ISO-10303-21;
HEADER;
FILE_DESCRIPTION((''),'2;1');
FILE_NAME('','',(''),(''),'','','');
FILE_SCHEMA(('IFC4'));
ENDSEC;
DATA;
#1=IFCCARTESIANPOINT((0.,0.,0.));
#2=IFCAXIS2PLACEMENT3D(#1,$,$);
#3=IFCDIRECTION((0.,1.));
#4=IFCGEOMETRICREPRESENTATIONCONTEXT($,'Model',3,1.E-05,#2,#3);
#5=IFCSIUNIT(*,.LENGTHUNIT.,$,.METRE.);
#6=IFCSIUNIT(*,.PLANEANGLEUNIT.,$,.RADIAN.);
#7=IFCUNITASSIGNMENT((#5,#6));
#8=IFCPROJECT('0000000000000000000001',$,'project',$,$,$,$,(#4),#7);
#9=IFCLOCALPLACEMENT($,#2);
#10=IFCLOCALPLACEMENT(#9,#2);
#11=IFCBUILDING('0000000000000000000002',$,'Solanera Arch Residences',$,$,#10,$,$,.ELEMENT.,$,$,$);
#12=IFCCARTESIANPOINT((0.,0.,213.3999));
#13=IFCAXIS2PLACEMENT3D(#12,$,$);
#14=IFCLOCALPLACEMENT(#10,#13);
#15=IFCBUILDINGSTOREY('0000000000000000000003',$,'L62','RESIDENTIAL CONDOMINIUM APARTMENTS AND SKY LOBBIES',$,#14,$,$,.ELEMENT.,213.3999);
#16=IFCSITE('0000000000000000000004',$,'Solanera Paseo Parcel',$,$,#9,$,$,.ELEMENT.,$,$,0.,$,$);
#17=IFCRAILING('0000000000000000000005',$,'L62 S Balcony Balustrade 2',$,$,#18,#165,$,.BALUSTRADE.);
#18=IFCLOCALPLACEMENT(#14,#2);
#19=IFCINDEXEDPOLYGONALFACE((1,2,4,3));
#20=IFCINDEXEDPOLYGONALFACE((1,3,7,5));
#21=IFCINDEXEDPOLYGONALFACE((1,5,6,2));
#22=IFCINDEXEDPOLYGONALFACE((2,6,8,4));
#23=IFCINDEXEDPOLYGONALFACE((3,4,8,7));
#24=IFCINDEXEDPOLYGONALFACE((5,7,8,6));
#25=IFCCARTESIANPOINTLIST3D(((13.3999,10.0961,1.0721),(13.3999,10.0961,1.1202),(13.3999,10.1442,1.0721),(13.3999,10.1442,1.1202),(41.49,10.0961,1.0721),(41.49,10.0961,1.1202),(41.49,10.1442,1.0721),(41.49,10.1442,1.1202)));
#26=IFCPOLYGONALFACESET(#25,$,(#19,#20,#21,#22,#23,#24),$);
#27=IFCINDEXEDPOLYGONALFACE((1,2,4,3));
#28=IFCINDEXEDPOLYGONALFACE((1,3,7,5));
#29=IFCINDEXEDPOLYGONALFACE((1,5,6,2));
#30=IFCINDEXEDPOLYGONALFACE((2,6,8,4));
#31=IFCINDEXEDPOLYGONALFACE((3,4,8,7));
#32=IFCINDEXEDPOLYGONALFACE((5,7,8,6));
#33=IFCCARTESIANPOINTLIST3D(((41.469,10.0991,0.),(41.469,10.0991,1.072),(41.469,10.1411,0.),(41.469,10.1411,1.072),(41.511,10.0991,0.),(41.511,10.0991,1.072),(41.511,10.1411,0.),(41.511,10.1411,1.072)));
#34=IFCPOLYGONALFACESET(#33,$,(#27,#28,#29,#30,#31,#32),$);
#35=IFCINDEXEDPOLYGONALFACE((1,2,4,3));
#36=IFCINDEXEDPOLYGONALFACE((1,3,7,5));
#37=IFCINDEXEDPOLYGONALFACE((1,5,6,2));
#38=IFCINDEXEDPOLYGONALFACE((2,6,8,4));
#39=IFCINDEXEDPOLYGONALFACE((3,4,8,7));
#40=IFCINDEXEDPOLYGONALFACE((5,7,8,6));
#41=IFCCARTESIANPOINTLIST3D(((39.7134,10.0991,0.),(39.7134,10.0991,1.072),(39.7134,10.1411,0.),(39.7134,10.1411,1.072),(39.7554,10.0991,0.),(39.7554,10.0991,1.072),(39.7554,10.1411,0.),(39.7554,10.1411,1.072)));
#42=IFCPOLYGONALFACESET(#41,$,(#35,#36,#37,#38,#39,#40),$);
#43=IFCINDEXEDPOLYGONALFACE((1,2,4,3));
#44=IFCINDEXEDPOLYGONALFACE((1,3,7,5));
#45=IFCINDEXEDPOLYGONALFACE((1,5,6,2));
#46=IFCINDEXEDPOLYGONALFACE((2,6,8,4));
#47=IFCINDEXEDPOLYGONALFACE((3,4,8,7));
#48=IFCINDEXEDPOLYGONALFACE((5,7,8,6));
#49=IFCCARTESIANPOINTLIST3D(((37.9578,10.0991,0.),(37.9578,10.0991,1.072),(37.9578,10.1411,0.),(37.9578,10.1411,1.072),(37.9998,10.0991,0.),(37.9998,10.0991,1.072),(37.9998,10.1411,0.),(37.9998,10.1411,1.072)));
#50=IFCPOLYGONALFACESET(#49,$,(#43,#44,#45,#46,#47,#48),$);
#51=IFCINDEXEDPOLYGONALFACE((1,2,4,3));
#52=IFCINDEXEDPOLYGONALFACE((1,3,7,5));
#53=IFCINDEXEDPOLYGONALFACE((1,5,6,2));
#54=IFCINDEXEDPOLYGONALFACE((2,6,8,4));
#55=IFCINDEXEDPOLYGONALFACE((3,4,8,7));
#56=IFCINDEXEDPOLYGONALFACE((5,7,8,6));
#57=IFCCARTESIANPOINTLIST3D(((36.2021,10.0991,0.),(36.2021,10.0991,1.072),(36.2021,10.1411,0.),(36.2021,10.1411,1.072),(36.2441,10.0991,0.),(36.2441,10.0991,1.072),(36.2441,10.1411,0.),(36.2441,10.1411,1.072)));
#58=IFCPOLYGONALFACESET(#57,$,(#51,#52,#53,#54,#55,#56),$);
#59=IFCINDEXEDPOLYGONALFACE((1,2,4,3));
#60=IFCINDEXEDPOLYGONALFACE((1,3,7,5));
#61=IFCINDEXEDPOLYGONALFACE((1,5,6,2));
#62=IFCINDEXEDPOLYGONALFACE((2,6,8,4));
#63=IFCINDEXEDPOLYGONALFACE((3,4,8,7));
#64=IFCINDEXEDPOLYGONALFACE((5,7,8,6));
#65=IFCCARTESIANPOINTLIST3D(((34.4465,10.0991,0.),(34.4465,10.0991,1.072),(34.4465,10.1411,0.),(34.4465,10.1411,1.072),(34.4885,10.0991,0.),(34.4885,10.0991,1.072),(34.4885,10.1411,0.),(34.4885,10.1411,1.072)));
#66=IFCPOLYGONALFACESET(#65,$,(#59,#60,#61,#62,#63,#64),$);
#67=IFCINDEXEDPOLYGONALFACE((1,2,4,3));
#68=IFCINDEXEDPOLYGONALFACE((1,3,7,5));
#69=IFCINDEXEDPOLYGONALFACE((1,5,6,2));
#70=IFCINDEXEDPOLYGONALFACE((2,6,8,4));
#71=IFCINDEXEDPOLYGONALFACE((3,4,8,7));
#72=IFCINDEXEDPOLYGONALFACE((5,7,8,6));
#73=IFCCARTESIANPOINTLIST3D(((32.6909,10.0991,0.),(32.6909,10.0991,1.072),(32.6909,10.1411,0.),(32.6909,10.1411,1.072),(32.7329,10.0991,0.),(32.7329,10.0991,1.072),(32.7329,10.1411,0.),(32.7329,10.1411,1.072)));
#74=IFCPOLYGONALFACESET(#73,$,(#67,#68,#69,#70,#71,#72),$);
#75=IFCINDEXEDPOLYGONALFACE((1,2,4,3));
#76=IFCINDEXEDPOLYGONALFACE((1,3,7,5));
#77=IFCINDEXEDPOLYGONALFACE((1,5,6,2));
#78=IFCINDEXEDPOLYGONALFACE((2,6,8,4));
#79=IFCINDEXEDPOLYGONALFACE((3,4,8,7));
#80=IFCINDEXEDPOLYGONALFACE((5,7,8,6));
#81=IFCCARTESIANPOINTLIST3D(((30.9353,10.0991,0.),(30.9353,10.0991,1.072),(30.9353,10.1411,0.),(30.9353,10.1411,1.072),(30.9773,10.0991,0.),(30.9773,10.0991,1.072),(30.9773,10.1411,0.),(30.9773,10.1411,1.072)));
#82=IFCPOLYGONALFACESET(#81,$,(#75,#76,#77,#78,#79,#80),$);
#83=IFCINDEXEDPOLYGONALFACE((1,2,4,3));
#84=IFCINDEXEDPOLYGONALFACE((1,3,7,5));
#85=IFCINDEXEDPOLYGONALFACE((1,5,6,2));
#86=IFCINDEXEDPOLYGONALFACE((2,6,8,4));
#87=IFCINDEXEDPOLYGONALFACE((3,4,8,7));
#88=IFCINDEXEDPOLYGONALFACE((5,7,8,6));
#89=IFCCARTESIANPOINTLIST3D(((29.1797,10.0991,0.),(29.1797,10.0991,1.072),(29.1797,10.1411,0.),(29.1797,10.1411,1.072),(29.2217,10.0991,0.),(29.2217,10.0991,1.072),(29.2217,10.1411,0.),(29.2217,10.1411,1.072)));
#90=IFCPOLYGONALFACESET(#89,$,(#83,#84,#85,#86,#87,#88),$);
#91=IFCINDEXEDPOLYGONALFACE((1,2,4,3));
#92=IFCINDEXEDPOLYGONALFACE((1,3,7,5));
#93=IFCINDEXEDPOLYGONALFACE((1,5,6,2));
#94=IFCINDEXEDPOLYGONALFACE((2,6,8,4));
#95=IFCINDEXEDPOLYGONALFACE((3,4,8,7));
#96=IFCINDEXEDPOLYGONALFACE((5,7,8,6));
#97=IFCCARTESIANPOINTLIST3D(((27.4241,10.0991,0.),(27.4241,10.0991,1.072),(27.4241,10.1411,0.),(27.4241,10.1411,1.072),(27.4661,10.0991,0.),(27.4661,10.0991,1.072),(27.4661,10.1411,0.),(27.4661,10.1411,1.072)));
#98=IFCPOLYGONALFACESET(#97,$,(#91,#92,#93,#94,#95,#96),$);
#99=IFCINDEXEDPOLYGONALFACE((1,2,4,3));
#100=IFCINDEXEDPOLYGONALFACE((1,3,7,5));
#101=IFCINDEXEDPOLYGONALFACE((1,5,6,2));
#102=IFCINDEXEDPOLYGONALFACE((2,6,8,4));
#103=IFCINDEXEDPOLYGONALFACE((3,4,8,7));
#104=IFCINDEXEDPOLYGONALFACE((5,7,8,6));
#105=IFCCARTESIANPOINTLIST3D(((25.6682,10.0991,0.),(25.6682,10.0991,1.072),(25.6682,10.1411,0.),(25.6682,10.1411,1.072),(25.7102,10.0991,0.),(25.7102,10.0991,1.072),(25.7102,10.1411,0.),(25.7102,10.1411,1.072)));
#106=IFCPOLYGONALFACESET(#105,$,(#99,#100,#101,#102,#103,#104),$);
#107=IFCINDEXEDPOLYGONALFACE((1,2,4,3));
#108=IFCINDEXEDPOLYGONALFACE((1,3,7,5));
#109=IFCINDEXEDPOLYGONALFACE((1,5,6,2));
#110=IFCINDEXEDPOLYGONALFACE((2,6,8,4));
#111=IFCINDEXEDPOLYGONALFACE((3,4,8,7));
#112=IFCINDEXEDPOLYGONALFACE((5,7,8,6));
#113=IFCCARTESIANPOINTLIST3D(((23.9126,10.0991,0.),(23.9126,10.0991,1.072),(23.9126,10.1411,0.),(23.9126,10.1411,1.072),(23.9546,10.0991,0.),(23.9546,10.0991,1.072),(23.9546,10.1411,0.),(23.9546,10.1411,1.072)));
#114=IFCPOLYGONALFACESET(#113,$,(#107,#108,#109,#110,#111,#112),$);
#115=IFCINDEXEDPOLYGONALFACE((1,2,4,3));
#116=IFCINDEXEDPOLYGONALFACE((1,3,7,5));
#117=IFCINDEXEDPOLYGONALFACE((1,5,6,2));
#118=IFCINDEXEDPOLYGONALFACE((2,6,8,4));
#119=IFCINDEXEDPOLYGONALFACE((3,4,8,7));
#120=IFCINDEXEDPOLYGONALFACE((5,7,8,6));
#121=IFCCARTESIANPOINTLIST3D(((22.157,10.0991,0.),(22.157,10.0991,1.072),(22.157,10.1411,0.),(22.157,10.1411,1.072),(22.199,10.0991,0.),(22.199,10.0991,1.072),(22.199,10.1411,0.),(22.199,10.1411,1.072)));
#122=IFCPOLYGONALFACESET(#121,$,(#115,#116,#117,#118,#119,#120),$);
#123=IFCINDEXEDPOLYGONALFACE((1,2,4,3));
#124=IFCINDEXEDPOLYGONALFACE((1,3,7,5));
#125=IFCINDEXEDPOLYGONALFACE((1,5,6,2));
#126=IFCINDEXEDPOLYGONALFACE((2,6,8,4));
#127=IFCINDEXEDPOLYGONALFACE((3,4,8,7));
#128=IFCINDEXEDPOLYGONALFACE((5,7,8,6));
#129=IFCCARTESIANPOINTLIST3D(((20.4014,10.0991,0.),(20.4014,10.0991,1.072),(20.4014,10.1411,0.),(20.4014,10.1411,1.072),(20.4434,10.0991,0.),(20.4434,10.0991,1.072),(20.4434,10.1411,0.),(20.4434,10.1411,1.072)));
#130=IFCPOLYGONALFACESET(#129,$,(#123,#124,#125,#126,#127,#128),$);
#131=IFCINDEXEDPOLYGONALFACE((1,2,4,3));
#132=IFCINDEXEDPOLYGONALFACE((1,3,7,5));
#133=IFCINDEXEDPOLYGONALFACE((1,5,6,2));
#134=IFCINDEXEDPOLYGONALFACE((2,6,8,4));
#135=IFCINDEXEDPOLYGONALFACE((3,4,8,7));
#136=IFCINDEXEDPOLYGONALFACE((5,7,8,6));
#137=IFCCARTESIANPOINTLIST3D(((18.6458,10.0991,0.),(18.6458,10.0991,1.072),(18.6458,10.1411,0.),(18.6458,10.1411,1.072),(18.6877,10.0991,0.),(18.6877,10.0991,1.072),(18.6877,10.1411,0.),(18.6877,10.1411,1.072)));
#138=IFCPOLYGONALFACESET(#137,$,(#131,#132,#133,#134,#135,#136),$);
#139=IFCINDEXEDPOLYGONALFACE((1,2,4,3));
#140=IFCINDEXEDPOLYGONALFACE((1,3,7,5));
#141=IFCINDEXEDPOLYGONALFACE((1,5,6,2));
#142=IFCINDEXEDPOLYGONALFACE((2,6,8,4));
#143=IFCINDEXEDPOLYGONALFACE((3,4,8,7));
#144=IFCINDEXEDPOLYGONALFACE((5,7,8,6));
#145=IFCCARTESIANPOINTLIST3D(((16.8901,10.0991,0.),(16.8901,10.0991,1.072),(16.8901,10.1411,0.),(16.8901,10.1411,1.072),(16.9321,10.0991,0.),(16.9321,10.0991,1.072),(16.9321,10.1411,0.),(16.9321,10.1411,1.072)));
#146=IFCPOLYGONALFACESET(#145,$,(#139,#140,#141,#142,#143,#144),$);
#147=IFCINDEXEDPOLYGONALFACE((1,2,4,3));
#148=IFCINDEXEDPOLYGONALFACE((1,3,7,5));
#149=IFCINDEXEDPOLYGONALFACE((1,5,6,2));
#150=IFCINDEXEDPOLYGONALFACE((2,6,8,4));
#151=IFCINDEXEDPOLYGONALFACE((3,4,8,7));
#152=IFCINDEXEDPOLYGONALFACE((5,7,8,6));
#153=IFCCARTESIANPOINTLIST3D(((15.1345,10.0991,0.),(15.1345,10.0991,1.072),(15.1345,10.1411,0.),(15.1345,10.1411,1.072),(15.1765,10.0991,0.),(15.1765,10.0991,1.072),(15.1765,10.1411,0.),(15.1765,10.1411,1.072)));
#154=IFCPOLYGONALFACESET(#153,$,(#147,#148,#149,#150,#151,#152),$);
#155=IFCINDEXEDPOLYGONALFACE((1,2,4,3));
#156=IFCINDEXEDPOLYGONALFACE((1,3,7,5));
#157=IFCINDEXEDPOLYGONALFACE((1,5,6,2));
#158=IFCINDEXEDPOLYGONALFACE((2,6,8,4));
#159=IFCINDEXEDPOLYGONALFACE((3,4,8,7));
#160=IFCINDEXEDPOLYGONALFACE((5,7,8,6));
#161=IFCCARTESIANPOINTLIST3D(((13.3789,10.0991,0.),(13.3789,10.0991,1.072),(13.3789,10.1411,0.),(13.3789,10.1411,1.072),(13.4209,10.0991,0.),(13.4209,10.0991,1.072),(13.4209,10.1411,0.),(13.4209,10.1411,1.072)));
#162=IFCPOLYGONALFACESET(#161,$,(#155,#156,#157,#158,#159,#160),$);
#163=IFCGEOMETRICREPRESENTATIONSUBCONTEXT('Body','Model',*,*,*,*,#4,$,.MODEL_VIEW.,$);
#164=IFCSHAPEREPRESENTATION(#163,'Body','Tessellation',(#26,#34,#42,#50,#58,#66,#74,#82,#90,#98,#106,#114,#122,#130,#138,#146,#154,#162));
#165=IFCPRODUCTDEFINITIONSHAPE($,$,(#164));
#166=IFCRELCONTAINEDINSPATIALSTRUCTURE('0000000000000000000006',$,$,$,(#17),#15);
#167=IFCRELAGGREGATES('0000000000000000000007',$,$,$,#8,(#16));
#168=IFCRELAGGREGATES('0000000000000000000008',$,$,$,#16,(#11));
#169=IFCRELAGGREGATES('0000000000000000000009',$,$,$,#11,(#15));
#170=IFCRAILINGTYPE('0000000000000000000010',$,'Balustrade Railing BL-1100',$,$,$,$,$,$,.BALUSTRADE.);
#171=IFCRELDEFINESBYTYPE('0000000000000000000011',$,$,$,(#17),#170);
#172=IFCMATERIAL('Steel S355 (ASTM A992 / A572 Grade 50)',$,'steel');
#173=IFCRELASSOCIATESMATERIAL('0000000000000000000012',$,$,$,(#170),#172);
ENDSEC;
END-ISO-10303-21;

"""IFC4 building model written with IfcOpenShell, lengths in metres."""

from ifc_helpers import new_model, si_unit, direction, frame, origin, origin_2d, place, context, subcontext, project, spatial, rectangle, extrude, material, type_object, element, save


model = new_model("IFC4")

# Units and contexts
model_context = context("Model", 3, precision=1e-05, world=origin(), true_north=direction((0.0, 1.0)))
body_context = subcontext(model_context, "Body", "Model", "MODEL_VIEW")
ifc_project = project(units=[si_unit("LENGTHUNIT", "METRE"), si_unit("PLANEANGLEUNIT", "RADIAN")], contexts=[model_context])

# Site, building, storey
site_placement = place(None, origin())
site = spatial("IfcSite", under=ifc_project, at=site_placement, Name="Solanera Paseo Parcel", CompositionType="ELEMENT", RefElevation=0.0)
building_placement = place(site_placement, origin())
building = spatial("IfcBuilding", under=site, at=building_placement, Name="Solanera Arch Residences", CompositionType="ELEMENT")
storey_placement = place(building_placement, frame((0.0, 0.0, 213.3999)))
storey = spatial("IfcBuildingStorey", under=building, at=storey_placement, Name="L62", Description="RESIDENTIAL CONDOMINIUM APARTMENTS AND SKY LOBBIES", CompositionType="ELEMENT", Elevation=213.3999)

# Railing
ifc_material_1 = material(Name="Steel S355 (ASTM A992 / A572 Grade 50)", Category="steel")
railing_type = type_object("IfcRailingType", Name="Balustrade Railing BL-1100", PredefinedType="BALUSTRADE", material=ifc_material_1)
railing_placement = place(storey_placement, frame((41.49, 10.1201, 0.0)))
element("IfcRailing", 1, at=railing_placement, inside=storey, type_object=railing_type, Name="L62 S Balcony Balustrade 2", PredefinedType="BALUSTRADE", context=body_context, shape_type="SweptSolid", body=[
    extrude(rectangle(XDim=0.0481, YDim=0.0481, at=origin_2d()), frame((0.0, 0.0, 1.0962), z_axis=(-1.0, 0.0, 0.0), x_axis=(0.0, -1.0, 0.0)), (0.0, 0.0, 1.0), 28.0901),
    extrude(rectangle(XDim=0.042, YDim=0.042, at=origin_2d()), origin(), (0.0, 0.0, 1.0), 1.072),
    extrude(rectangle(XDim=0.042, YDim=0.042, at=origin_2d()), frame((-1.7556, 0.0, 0.0)), (0.0, 0.0, 1.0), 1.072),
    extrude(rectangle(XDim=0.042, YDim=0.042, at=origin_2d()), frame((-3.5112, 0.0, 0.0)), (0.0, 0.0, 1.0), 1.072),
    extrude(rectangle(XDim=0.042, YDim=0.042, at=origin_2d()), frame((-5.2668, 0.0, 0.0)), (0.0, 0.0, 1.0), 1.072),
    extrude(rectangle(XDim=0.042, YDim=0.042, at=origin_2d()), frame((-7.0225, 0.0, 0.0)), (0.0, 0.0, 1.0), 1.072),
    extrude(rectangle(XDim=0.042, YDim=0.042, at=origin_2d()), frame((-8.7781, 0.0, 0.0)), (0.0, 0.0, 1.0), 1.072),
    extrude(rectangle(XDim=0.042, YDim=0.042, at=origin_2d()), frame((-10.5337, 0.0, 0.0)), (0.0, 0.0, 1.0), 1.072),
    extrude(rectangle(XDim=0.042, YDim=0.042, at=origin_2d()), frame((-12.2893, 0.0, 0.0)), (0.0, 0.0, 1.0), 1.072),
    extrude(rectangle(XDim=0.042, YDim=0.042, at=origin_2d()), frame((-14.0449, 0.0, 0.0)), (0.0, 0.0, 1.0), 1.072),
    extrude(rectangle(XDim=0.042, YDim=0.042, at=origin_2d()), frame((-15.8008, 0.0, 0.0)), (0.0, 0.0, 1.0), 1.072),
    extrude(rectangle(XDim=0.042, YDim=0.042, at=origin_2d()), frame((-17.5564, 0.0, 0.0)), (0.0, 0.0, 1.0), 1.072),
    extrude(rectangle(XDim=0.042, YDim=0.042, at=origin_2d()), frame((-19.312, 0.0, 0.0)), (0.0, 0.0, 1.0), 1.072),
    extrude(rectangle(XDim=0.042, YDim=0.042, at=origin_2d()), frame((-21.0676, 0.0, 0.0)), (0.0, 0.0, 1.0), 1.072),
    extrude(rectangle(XDim=0.042, YDim=0.042, at=origin_2d()), frame((-22.8232, 0.0, 0.0)), (0.0, 0.0, 1.0), 1.072),
    extrude(rectangle(XDim=0.042, YDim=0.042, at=origin_2d()), frame((-24.5789, 0.0, 0.0)), (0.0, 0.0, 1.0), 1.072),
    extrude(rectangle(XDim=0.042, YDim=0.042, at=origin_2d()), frame((-26.3345, 0.0, 0.0)), (0.0, 0.0, 1.0), 1.072),
    extrude(rectangle(XDim=0.042, YDim=0.042, at=origin_2d()), frame((-28.0901, 0.0, 0.0)), (0.0, 0.0, 1.0), 1.072),
])

save(model, "model.ifc")
